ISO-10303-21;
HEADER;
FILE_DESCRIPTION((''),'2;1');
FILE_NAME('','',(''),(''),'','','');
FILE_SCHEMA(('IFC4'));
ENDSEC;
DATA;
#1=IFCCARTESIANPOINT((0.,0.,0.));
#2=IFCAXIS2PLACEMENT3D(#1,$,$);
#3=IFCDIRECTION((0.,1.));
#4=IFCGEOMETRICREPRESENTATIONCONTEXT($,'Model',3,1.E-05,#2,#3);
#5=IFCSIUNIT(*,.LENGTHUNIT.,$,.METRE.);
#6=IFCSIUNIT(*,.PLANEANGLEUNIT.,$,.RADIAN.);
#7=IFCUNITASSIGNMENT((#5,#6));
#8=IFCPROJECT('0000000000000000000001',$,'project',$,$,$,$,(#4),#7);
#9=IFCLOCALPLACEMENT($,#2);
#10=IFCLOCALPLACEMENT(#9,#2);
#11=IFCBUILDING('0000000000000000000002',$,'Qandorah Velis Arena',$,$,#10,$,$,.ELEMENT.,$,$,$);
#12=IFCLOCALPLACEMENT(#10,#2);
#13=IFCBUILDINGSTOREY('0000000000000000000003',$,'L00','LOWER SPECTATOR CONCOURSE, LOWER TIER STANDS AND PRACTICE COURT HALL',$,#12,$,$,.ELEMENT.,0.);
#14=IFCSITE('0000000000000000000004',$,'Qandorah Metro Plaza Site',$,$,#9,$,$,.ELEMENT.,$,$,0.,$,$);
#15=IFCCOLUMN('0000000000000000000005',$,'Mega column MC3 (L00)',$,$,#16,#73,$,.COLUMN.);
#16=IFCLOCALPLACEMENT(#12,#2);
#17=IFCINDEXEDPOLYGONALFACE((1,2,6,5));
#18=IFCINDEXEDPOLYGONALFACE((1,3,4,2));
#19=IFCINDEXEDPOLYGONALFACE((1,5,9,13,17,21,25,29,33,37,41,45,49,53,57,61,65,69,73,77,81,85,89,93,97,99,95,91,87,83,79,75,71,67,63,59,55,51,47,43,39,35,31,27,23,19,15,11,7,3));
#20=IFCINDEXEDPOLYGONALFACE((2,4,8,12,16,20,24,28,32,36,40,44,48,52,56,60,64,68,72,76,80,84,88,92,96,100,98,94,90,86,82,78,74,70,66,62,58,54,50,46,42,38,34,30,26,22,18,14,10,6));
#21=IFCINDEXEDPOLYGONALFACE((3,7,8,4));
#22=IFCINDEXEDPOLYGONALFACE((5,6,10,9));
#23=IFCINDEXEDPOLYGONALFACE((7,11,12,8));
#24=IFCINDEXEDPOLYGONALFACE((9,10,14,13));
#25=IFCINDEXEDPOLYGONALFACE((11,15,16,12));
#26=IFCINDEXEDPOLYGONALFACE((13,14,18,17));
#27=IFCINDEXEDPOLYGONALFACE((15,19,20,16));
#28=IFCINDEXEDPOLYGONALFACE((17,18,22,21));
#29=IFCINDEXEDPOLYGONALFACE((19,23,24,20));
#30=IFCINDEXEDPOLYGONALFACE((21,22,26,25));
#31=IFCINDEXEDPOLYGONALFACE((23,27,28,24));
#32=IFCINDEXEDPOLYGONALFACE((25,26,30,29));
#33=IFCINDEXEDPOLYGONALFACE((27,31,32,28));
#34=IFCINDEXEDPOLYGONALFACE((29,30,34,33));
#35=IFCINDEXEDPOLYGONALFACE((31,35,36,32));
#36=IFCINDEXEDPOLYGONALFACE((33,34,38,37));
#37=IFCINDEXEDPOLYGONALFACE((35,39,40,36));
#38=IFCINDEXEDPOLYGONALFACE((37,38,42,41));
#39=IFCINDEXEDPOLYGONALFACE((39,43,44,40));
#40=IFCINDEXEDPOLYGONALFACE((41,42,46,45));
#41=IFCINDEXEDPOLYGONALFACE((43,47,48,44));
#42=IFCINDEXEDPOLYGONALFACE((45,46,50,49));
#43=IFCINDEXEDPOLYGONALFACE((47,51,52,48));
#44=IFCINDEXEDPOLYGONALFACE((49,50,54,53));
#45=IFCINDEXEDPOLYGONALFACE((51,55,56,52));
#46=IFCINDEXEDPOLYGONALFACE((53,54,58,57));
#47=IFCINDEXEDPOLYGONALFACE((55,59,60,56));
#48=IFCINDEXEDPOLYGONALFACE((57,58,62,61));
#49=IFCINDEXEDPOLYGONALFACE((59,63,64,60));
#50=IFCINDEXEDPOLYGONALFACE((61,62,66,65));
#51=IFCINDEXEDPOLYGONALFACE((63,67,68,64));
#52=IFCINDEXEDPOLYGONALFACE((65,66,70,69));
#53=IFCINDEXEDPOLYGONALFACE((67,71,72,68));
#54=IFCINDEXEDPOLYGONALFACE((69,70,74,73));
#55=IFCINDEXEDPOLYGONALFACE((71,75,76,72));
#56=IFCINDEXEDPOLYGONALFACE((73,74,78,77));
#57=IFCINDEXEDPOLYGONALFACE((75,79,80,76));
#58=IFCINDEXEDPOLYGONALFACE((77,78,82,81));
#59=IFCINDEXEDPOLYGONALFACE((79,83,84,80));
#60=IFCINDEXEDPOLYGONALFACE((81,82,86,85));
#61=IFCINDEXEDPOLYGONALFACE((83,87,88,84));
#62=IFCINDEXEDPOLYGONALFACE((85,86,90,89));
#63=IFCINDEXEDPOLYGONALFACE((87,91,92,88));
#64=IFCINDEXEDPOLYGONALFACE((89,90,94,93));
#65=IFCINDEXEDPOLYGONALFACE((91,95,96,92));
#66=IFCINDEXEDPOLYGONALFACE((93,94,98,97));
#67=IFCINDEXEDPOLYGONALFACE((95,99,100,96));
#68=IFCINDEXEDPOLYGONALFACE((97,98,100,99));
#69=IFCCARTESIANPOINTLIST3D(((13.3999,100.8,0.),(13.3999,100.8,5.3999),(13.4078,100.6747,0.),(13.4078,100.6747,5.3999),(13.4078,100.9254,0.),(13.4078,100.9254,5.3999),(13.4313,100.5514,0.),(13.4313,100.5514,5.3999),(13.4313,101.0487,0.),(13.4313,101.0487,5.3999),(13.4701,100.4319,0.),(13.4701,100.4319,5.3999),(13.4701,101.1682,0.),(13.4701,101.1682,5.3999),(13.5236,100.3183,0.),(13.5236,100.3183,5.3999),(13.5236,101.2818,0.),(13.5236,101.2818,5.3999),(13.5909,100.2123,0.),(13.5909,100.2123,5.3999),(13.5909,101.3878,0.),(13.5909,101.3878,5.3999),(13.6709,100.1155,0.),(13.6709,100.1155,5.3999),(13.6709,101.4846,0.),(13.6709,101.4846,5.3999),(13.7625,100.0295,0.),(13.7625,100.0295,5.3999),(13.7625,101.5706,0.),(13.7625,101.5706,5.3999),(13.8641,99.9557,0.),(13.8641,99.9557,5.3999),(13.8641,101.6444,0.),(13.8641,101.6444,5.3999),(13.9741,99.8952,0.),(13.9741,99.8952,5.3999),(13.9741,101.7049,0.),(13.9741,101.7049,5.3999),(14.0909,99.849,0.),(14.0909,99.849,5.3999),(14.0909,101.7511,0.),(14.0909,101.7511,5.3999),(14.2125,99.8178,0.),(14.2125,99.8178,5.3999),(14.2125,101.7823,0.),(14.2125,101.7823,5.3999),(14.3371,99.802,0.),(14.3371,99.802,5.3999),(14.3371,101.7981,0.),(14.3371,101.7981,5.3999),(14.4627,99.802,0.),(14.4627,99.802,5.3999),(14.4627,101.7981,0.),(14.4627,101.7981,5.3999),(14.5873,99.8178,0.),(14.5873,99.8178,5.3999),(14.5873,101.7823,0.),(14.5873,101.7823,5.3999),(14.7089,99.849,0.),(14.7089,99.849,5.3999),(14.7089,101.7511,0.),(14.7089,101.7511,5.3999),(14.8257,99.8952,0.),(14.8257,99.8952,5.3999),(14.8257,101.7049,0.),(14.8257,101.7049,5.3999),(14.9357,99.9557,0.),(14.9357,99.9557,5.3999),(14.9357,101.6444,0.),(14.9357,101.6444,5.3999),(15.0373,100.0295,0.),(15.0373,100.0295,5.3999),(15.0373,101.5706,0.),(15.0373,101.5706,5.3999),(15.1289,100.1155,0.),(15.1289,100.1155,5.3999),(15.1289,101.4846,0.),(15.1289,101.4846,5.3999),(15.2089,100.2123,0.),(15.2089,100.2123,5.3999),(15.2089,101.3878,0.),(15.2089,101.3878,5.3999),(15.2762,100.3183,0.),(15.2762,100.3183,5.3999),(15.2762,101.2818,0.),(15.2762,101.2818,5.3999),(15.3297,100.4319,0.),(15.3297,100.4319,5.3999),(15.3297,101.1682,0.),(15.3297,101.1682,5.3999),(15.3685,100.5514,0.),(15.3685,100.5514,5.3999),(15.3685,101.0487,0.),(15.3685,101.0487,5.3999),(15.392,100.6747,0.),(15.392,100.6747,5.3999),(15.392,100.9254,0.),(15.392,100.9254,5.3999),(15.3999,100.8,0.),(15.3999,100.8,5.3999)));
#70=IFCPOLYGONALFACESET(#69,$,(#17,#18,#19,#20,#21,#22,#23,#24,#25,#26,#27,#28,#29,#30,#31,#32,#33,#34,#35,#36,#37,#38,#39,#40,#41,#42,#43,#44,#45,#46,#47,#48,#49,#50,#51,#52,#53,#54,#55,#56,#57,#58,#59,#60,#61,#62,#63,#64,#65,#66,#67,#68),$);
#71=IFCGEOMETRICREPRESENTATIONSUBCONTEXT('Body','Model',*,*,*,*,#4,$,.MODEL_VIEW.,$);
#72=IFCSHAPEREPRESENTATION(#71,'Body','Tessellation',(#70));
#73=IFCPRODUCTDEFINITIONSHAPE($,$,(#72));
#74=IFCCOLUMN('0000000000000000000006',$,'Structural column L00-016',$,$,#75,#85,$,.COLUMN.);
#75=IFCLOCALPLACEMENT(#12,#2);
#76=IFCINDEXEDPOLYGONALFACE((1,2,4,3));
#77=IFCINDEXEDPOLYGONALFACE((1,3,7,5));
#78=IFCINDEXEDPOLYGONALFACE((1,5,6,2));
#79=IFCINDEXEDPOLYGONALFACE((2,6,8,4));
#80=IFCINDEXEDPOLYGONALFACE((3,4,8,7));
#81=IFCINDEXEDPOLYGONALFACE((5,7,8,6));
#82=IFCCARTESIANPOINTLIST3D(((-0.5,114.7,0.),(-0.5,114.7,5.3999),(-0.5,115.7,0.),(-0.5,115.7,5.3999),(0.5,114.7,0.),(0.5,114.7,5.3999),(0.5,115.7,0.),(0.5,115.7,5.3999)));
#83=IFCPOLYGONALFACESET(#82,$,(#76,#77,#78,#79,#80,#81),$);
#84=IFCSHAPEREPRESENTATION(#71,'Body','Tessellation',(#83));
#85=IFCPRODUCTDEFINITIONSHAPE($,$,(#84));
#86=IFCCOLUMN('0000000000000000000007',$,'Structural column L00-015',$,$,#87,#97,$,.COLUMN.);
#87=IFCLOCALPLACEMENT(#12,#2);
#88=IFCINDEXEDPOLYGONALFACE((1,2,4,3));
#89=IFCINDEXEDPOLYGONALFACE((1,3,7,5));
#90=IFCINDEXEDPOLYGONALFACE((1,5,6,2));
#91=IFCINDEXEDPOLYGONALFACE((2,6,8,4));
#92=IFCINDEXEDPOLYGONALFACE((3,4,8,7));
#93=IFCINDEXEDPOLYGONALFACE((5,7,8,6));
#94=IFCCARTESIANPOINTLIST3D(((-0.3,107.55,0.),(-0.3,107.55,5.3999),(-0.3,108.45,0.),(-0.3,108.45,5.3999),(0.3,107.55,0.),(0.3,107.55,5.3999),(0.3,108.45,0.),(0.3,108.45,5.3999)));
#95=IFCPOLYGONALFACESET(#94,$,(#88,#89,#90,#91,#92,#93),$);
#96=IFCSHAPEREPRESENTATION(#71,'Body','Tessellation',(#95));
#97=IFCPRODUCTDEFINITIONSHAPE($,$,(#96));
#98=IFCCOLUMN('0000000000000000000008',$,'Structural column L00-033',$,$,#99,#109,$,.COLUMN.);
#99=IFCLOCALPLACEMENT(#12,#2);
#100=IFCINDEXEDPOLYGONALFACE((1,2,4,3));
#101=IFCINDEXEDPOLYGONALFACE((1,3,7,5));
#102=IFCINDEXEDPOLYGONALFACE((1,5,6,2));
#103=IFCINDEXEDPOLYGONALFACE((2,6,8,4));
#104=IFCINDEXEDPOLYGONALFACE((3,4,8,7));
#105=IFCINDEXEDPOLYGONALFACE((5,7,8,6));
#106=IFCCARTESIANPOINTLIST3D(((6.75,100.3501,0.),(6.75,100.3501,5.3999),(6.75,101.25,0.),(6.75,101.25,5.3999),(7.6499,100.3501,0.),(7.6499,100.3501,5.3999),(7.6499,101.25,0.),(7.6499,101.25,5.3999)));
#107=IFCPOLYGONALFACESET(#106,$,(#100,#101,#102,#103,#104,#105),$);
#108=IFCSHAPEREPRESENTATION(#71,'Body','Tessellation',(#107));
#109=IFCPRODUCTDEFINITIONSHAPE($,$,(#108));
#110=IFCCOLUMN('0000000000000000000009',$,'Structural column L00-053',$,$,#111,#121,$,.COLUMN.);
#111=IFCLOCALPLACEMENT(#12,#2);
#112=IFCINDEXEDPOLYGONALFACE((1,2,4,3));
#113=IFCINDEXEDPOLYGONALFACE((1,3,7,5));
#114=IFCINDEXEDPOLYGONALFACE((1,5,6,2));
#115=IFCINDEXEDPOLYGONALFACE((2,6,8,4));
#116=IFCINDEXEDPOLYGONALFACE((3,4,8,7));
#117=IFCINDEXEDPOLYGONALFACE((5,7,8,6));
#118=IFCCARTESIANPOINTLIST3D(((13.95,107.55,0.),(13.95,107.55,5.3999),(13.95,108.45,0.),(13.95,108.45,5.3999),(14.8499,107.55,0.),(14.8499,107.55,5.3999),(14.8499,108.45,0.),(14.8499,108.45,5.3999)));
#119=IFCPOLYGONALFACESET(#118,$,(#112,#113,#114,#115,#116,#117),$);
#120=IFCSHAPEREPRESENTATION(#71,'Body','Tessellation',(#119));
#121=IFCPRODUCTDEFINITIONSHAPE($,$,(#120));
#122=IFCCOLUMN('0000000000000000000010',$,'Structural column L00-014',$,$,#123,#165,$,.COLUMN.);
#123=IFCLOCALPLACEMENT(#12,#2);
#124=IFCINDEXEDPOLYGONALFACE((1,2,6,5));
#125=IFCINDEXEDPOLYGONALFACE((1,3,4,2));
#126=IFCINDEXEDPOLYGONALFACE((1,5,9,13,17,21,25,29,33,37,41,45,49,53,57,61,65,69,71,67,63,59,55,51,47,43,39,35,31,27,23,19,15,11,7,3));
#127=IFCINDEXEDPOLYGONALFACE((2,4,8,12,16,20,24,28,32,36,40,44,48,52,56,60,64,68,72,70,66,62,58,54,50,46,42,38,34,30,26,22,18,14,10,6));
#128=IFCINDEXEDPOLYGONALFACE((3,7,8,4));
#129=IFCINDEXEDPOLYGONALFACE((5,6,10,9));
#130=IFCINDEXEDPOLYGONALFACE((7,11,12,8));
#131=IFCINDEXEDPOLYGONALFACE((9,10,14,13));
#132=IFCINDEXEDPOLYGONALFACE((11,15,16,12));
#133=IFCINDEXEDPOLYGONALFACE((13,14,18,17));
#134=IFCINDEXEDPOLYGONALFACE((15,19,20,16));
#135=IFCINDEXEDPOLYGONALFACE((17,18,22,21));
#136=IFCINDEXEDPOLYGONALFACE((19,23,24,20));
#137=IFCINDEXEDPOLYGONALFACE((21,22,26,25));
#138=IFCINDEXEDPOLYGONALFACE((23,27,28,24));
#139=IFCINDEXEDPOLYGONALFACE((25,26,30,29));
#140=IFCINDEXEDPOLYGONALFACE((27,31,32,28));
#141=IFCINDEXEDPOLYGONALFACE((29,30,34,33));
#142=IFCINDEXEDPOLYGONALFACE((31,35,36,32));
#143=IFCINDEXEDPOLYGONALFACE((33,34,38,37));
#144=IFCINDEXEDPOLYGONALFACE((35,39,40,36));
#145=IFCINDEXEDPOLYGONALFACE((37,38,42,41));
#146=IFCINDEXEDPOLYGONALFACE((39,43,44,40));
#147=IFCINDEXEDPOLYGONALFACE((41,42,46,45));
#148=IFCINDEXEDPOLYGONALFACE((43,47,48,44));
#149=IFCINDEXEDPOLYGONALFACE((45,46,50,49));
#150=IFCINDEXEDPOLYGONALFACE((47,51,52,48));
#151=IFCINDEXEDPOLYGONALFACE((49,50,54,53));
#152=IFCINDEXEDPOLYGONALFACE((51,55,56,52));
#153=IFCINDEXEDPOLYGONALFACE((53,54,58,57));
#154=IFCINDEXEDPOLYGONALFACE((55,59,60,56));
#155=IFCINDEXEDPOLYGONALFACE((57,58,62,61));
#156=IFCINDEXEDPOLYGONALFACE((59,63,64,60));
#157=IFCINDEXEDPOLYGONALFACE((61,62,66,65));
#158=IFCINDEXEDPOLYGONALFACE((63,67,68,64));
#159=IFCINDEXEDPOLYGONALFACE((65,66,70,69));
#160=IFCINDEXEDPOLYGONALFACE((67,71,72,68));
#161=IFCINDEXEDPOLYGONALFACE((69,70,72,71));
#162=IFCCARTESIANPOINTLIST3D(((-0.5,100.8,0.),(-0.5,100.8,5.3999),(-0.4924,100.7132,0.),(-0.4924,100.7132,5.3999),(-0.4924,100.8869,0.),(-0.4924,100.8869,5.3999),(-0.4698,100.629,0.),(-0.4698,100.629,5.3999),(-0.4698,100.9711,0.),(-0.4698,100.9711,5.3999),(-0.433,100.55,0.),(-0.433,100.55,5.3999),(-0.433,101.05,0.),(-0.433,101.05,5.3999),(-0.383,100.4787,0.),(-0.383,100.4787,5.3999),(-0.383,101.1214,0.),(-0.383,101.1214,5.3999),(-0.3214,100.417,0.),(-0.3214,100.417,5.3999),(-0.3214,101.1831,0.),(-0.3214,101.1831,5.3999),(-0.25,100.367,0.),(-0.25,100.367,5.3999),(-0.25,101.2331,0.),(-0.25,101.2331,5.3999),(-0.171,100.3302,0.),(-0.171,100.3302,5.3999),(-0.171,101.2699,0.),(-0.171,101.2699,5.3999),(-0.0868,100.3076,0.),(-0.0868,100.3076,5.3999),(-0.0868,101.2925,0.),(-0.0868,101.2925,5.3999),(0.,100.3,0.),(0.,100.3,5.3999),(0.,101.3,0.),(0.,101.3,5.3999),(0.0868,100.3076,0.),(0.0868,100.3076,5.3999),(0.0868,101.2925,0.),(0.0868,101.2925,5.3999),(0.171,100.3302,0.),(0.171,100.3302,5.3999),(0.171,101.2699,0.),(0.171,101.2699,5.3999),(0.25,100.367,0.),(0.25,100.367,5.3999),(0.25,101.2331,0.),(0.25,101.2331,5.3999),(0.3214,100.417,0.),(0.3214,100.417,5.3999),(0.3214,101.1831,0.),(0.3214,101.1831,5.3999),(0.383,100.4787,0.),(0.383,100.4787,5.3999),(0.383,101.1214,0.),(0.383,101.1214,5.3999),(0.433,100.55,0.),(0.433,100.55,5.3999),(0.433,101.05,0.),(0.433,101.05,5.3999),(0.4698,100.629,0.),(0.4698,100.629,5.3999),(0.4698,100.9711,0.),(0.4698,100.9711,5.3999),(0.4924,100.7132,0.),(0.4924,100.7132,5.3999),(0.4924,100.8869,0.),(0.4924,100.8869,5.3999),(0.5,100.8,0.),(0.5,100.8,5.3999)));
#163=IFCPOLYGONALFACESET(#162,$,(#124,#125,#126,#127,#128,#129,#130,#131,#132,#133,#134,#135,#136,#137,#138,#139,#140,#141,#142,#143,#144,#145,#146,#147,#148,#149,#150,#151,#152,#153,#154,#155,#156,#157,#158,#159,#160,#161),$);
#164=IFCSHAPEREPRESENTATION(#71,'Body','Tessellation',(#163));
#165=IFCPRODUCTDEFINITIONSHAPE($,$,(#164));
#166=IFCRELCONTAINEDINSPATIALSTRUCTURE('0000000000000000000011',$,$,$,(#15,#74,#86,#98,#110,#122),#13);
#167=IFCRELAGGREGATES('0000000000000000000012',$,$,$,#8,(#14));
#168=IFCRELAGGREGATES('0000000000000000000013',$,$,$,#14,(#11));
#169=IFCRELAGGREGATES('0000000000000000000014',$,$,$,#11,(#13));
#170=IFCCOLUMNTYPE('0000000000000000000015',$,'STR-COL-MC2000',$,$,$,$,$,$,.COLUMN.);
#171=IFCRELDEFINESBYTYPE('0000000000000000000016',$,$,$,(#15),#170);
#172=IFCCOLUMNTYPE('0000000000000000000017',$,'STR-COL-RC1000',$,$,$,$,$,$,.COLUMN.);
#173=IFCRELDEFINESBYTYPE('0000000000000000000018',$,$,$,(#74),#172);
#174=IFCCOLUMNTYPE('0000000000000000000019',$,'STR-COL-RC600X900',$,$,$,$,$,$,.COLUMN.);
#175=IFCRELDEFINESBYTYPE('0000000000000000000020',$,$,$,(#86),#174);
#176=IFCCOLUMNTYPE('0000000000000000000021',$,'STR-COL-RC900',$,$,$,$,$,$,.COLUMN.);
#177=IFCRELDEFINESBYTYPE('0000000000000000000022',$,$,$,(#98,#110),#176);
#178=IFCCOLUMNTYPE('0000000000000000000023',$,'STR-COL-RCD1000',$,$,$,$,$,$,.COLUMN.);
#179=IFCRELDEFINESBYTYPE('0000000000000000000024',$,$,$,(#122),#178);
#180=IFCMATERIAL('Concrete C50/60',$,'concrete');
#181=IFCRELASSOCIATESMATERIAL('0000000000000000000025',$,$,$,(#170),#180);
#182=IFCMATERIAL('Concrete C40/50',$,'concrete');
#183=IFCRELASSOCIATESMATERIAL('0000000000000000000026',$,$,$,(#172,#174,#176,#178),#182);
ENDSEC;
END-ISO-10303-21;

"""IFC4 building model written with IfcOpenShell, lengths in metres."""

from ifc_helpers import new_model, si_unit, direction, frame, origin, origin_2d, place, context, subcontext, project, spatial, rectangle, circle, extrude, material, material_profile, profile_set, type_object, element, save


model = new_model("IFC4")

# Units and contexts
model_context = context("Model", 3, precision=1e-05, world=origin(), true_north=direction((0.0, 1.0)))
body_context = subcontext(model_context, "Body", "Model", "MODEL_VIEW")
ifc_project = project(units=[si_unit("LENGTHUNIT", "METRE"), si_unit("PLANEANGLEUNIT", "RADIAN")], contexts=[model_context])

# Site, building, storey
site_placement = place(None, origin())
site = spatial("IfcSite", under=ifc_project, at=site_placement, Name="Qandorah Metro Plaza Site", CompositionType="ELEMENT", RefElevation=0.0)
building_placement = place(site_placement, origin())
building = spatial("IfcBuilding", under=site, at=building_placement, Name="Qandorah Velis Arena", CompositionType="ELEMENT")
storey_placement = place(building_placement, origin())
storey = spatial("IfcBuildingStorey", under=building, at=storey_placement, Name="L00", Description="LOWER SPECTATOR CONCOURSE, LOWER TIER STANDS AND PRACTICE COURT HALL", CompositionType="ELEMENT", Elevation=0.0)

# Columns
ifc_material_1 = material(Name="Concrete C50/60", Category="concrete")
ifc_material_profile_1 = material_profile(ifc_material_1, circle(Radius=1.0, at=origin_2d()), Name="MC D2000")
ifc_profile_set_1 = profile_set([ifc_material_profile_1], Name="Concrete C50/60")
column_type_1 = type_object("IfcColumnType", Name="STR-COL-MC2000", PredefinedType="COLUMN", material=ifc_profile_set_1)
column_1_placement = place(storey_placement, frame((14.3999, 100.8, 0.0), z_axis=(0.0, 0.0, 1.0), x_axis=(1.0, 0.0, 0.0)))
element("IfcColumn", 1, at=column_1_placement, inside=storey, type_object=column_type_1, Name="Mega column MC3 (L00)", PredefinedType="COLUMN", context=body_context, shape_type="SweptSolid", body=[
    extrude(circle(Radius=1.0, at=origin_2d()), origin(), (0.0, 0.0, 1.0), 5.3999),
])
ifc_material_2 = material(Name="Concrete C40/50", Category="concrete")
ifc_material_profile_2 = material_profile(ifc_material_2, rectangle(XDim=1.0, YDim=1.0, at=origin_2d()), Name="RC COL 1000x1000")
ifc_profile_set_2 = profile_set([ifc_material_profile_2], Name="Concrete C40/50")
column_type_2 = type_object("IfcColumnType", Name="STR-COL-RC1000", PredefinedType="COLUMN", material=ifc_profile_set_2)
column_2_placement = place(storey_placement, frame((0.0, 115.2, 0.0), z_axis=(0.0, 0.0, 1.0), x_axis=(1.0, 0.0, 0.0)))
element("IfcColumn", 2, at=column_2_placement, inside=storey, type_object=column_type_2, Name="Structural column L00-016", PredefinedType="COLUMN", context=body_context, shape_type="SweptSolid", body=[
    extrude(rectangle(XDim=1.0, YDim=1.0, at=origin_2d()), origin(), (0.0, 0.0, 1.0), 5.3999),
])
ifc_material_profile_3 = material_profile(ifc_material_2, rectangle(XDim=0.6001, YDim=0.8999, at=origin_2d()), Name="RC COL 600x900")
ifc_profile_set_3 = profile_set([ifc_material_profile_3], Name="Concrete C40/50")
column_type_3 = type_object("IfcColumnType", Name="STR-COL-RC600X900", PredefinedType="COLUMN", material=ifc_profile_set_3)
column_3_placement = place(storey_placement, frame((0.0, 108.0, 0.0), z_axis=(0.0, 0.0, 1.0), x_axis=(1.0, 0.0, 0.0)))
element("IfcColumn", 3, at=column_3_placement, inside=storey, type_object=column_type_3, Name="Structural column L00-015", PredefinedType="COLUMN", context=body_context, shape_type="SweptSolid", body=[
    extrude(rectangle(XDim=0.6001, YDim=0.8999, at=origin_2d()), origin(), (0.0, 0.0, 1.0), 5.3999),
])
ifc_material_profile_4 = material_profile(ifc_material_2, rectangle(XDim=0.8999, YDim=0.8999, at=origin_2d()), Name="RC COL 900x900")
ifc_profile_set_4 = profile_set([ifc_material_profile_4], Name="Concrete C40/50")
column_type_4 = type_object("IfcColumnType", Name="STR-COL-RC900", PredefinedType="COLUMN", material=ifc_profile_set_4)
for number, where, z_axis, x_axis, name in (
    (4, (7.2, 100.8, 0.0), (0.0, 0.0, 1.0), (1.0, 0.0, 0.0), "Structural column L00-033"),
    (5, (14.3999, 108.0, 0.0), (0.0, 0.0, 1.0), (1.0, 0.0, 0.0), "Structural column L00-053"),
):
    element("IfcColumn", number, at=place(storey_placement, frame(where, z_axis=z_axis, x_axis=x_axis)), inside=storey, type_object=column_type_4, Name=name, PredefinedType="COLUMN", context=body_context, shape_type="SweptSolid", body=[
        extrude(rectangle(XDim=0.8999, YDim=0.8999, at=origin_2d()), origin(), (0.0, 0.0, 1.0), 5.3999),
    ])
ifc_material_profile_5 = material_profile(ifc_material_2, circle(Radius=0.5, at=origin_2d()), Name="RC D1000")
ifc_profile_set_5 = profile_set([ifc_material_profile_5], Name="Concrete C40/50")
column_type_5 = type_object("IfcColumnType", Name="STR-COL-RCD1000", PredefinedType="COLUMN", material=ifc_profile_set_5)
for number, where, z_axis, x_axis, name in (
    (6, (0.0, 100.8, 0.0), (0.0, 0.0, 1.0), (1.0, 0.0, 0.0), "Structural column L00-014"),
):
    element("IfcColumn", number, at=place(storey_placement, frame(where, z_axis=z_axis, x_axis=x_axis)), inside=storey, type_object=column_type_5, Name=name, PredefinedType="COLUMN", context=body_context, shape_type="SweptSolid", body=[
        extrude(circle(Radius=0.5, at=origin_2d()), origin(), (0.0, 0.0, 1.0), 5.3999),
    ])

save(model, "model.ifc")
